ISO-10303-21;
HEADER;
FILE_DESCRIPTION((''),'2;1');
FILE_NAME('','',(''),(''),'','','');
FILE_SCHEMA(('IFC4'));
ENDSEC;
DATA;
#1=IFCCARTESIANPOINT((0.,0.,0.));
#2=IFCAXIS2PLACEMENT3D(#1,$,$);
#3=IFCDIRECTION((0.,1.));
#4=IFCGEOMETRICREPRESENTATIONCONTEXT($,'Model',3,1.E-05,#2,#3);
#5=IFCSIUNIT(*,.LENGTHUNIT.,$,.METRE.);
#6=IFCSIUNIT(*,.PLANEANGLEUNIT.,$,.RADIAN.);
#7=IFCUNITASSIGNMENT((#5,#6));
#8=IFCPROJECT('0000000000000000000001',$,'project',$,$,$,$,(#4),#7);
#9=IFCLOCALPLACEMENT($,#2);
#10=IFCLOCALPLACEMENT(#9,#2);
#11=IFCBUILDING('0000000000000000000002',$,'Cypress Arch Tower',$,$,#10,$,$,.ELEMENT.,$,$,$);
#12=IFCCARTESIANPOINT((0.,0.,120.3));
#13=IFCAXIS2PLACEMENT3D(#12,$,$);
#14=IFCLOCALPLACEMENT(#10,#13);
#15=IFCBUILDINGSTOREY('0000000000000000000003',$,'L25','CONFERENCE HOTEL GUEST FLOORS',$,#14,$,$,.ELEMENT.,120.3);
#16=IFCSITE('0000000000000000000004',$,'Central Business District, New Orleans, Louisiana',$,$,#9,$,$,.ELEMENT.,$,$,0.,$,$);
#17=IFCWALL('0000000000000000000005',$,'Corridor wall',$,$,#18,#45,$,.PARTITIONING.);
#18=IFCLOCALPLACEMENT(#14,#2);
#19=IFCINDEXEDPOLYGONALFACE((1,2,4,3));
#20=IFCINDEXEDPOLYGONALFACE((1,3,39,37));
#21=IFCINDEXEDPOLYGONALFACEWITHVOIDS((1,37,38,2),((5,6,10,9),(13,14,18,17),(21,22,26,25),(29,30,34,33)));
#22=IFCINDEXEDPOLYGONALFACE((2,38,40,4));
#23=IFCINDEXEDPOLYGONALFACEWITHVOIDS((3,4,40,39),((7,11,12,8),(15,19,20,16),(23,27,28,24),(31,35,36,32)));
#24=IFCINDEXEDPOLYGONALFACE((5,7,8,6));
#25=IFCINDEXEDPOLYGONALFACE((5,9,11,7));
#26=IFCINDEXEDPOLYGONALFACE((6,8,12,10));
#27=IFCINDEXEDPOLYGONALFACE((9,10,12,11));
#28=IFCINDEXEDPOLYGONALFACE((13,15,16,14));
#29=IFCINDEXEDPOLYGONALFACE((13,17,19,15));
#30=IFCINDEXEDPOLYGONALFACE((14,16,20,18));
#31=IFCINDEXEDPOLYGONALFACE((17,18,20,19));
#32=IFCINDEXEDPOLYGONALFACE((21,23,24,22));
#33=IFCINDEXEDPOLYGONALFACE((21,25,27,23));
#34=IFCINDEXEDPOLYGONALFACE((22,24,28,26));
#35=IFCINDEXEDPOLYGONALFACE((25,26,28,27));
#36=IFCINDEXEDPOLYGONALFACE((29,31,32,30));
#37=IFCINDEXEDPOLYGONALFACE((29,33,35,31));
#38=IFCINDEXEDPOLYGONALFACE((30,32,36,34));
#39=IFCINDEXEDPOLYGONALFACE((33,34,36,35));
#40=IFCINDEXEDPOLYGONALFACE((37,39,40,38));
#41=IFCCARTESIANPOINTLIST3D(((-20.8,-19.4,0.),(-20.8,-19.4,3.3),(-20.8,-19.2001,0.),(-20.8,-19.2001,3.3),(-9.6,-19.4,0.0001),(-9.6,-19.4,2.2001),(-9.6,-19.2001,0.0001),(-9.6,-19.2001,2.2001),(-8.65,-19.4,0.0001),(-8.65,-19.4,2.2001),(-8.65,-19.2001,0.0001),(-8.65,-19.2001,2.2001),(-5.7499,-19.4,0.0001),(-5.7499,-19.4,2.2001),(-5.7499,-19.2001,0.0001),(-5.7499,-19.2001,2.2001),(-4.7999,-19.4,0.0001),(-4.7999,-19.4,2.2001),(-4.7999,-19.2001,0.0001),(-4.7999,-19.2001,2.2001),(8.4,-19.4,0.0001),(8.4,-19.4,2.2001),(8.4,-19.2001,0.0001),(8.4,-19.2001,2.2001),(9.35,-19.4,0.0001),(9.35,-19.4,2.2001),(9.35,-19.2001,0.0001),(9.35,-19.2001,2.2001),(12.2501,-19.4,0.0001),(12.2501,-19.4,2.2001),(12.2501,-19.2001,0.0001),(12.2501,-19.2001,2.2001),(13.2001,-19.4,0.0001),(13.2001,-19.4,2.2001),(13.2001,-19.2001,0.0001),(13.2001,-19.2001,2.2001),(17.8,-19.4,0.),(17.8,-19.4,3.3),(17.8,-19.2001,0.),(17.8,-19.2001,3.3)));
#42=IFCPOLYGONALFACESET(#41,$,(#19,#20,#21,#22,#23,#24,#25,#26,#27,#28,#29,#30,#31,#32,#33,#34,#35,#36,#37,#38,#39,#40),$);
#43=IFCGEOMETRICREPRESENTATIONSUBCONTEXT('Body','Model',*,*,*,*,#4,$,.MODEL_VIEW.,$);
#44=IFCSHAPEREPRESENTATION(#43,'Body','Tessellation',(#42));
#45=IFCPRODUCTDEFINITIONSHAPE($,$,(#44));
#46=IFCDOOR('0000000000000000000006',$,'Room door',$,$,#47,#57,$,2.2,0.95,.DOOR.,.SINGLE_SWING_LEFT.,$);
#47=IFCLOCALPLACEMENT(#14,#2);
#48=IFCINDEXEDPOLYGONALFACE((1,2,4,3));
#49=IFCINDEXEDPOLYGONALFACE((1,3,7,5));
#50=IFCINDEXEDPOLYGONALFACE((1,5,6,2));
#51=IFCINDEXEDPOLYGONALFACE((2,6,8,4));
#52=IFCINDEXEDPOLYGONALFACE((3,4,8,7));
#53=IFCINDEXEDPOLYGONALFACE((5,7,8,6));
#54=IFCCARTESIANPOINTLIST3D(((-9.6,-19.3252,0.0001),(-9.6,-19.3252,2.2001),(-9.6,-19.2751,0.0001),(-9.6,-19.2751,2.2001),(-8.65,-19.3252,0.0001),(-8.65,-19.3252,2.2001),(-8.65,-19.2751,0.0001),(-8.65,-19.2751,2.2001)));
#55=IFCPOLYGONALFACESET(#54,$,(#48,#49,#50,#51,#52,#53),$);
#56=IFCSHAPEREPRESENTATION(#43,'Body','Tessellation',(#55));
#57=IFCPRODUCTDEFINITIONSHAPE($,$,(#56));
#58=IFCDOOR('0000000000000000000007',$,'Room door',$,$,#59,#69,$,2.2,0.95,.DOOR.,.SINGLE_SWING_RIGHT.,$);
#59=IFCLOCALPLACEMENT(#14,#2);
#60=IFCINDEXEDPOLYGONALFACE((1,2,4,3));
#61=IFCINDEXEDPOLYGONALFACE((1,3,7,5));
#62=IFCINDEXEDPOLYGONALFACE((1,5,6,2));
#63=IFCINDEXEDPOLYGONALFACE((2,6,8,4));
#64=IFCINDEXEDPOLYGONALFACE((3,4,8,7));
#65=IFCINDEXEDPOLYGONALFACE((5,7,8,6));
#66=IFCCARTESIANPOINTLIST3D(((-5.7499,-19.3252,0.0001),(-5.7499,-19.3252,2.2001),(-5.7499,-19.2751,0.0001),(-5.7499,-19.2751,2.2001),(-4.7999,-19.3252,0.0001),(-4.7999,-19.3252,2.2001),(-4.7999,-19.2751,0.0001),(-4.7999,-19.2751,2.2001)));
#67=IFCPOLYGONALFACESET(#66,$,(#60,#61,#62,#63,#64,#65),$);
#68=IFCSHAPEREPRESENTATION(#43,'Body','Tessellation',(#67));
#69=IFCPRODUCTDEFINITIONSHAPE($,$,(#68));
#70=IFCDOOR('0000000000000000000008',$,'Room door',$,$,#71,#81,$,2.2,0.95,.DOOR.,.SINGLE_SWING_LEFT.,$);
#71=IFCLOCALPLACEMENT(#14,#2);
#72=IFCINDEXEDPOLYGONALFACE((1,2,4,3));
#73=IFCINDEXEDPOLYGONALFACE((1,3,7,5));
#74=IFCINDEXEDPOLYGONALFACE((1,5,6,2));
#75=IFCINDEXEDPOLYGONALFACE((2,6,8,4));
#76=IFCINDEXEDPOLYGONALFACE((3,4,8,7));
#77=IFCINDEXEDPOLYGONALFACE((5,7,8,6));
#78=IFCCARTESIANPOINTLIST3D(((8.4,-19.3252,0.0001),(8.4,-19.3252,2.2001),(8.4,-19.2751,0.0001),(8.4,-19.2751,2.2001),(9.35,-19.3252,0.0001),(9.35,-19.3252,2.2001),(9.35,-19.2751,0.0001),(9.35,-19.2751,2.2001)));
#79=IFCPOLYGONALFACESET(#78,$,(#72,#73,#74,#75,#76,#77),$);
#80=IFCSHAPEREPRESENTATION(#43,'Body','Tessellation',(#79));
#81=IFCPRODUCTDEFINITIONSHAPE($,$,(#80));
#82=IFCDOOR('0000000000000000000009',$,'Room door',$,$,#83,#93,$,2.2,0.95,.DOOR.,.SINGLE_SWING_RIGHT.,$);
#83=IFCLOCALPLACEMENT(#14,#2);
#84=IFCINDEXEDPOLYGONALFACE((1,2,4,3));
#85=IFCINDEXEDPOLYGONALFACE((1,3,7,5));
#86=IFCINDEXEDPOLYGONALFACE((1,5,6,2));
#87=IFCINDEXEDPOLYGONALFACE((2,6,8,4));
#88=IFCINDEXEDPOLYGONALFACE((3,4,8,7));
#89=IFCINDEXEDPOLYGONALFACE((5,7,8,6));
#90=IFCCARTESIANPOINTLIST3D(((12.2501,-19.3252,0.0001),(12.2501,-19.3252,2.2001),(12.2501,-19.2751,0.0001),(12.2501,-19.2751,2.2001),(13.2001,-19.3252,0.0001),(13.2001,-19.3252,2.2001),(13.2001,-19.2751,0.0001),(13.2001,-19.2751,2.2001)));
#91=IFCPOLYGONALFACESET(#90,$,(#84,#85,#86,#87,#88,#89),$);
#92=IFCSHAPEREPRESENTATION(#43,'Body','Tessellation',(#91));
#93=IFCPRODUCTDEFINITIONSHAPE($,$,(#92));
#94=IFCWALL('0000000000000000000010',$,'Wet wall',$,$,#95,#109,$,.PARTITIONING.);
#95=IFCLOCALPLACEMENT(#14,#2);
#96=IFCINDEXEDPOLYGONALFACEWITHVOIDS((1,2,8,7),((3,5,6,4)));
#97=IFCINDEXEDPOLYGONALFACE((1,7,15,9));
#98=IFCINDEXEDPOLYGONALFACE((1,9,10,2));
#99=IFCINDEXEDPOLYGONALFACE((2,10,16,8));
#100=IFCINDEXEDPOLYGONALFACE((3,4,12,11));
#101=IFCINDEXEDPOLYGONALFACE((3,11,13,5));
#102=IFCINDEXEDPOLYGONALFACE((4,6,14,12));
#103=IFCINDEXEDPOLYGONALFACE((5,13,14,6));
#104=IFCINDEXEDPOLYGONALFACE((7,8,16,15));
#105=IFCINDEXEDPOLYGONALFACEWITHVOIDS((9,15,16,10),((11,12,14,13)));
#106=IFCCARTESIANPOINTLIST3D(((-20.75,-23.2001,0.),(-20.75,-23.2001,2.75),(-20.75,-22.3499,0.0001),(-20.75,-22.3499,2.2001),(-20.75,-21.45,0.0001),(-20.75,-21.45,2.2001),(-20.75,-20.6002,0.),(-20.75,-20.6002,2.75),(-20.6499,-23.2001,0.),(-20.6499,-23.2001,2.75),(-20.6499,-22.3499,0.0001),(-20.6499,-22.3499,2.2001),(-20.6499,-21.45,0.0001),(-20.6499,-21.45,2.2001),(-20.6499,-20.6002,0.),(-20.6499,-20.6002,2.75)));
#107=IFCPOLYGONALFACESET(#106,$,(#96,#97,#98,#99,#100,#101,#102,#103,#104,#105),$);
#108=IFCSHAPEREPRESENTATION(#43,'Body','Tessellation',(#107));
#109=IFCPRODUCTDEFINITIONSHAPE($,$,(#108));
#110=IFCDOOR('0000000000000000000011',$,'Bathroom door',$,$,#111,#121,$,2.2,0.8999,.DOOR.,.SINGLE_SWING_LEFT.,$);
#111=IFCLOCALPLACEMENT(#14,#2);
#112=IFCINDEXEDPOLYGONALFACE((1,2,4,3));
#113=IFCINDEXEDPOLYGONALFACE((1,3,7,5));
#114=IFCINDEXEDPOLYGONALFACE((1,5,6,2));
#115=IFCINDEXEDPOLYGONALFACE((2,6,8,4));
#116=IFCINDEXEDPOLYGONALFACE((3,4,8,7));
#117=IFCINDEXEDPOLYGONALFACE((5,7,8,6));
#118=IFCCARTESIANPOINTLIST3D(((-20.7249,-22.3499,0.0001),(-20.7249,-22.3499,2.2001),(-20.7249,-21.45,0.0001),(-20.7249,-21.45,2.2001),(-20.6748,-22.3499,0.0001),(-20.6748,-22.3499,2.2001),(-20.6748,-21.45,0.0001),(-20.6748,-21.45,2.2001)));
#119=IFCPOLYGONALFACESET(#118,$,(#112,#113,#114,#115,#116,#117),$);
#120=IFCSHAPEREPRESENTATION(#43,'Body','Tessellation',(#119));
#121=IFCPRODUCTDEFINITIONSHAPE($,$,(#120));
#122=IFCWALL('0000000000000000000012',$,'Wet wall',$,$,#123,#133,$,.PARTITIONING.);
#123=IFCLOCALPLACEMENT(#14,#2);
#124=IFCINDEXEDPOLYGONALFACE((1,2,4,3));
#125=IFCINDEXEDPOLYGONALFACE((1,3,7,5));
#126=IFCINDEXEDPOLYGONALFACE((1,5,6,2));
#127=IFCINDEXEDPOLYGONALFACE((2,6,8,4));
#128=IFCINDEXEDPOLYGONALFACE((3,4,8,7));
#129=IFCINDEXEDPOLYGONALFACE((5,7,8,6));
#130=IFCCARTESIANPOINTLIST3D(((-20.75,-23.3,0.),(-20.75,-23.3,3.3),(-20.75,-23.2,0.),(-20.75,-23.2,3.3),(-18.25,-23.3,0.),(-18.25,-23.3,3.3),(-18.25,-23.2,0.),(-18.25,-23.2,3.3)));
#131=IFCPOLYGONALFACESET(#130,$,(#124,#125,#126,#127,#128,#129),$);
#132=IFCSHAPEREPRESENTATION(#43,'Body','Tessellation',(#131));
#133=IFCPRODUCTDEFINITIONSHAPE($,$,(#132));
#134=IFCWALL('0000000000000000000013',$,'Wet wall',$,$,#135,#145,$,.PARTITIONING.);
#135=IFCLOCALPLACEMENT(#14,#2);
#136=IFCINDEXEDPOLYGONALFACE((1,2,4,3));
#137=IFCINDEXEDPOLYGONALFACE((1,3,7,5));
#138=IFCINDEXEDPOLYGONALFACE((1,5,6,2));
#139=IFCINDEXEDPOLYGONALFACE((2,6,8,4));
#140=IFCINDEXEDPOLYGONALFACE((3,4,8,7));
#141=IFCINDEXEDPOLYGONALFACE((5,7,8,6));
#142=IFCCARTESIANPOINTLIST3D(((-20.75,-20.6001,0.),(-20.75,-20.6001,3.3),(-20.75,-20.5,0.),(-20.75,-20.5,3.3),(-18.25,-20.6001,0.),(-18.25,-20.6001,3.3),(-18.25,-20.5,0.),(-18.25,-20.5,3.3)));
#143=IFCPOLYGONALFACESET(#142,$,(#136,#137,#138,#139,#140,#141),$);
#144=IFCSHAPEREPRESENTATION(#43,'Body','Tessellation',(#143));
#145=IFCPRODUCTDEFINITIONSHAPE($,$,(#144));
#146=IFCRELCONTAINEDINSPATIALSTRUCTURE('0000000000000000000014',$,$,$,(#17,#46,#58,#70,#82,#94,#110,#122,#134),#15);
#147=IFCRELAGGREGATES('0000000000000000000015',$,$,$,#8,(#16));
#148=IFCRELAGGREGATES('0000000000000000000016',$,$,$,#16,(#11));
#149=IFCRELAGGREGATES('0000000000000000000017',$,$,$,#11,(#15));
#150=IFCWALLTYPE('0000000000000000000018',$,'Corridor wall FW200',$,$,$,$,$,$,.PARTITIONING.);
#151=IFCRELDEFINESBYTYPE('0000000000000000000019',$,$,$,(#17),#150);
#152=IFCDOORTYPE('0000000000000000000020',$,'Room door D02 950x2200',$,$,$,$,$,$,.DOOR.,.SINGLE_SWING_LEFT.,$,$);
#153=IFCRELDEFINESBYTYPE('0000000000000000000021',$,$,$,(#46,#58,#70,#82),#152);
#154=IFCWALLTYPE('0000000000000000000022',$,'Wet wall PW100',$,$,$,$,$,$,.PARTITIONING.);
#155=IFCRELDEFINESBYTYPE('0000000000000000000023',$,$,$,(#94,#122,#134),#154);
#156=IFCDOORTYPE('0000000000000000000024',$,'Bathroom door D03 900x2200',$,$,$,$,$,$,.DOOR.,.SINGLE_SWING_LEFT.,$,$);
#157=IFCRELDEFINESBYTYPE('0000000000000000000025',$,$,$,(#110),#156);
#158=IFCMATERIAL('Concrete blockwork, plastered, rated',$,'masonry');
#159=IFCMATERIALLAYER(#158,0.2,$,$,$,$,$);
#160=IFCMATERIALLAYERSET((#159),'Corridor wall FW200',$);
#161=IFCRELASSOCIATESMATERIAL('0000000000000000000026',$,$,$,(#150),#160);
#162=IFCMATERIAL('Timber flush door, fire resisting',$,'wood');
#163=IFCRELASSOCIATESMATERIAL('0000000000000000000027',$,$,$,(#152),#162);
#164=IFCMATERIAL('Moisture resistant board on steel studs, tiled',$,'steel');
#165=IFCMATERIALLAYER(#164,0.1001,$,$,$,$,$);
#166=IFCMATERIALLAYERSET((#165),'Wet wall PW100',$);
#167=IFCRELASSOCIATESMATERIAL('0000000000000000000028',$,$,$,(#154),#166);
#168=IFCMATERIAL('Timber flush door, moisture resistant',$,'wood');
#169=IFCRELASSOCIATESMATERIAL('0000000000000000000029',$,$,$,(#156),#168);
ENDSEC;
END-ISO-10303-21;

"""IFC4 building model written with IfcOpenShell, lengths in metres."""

from ifc_helpers import new_model, si_unit, direction, frame, frame_2d, origin, place, context, subcontext, project, spatial, rectangle, extrude, material, layer, layer_set, type_object, element, fill, save


model = new_model("IFC4")

# Units and contexts
model_context = context("Model", 3, precision=1e-05, world=origin(), true_north=direction((0.0, 1.0)))
body_context = subcontext(model_context, "Body", "Model", "MODEL_VIEW")
ifc_project = project(units=[si_unit("LENGTHUNIT", "METRE"), si_unit("PLANEANGLEUNIT", "RADIAN")], contexts=[model_context])

# Site, building, storey
site_placement = place(None, origin())
site = spatial("IfcSite", under=ifc_project, at=site_placement, Name="Central Business District, New Orleans, Louisiana", CompositionType="ELEMENT", RefElevation=0.0)
building_placement = place(site_placement, origin())
building = spatial("IfcBuilding", under=site, at=building_placement, Name="Cypress Arch Tower", CompositionType="ELEMENT")
storey_placement = place(building_placement, frame((0.0, 0.0, 120.3)))
storey = spatial("IfcBuildingStorey", under=building, at=storey_placement, Name="L25", Description="CONFERENCE HOTEL GUEST FLOORS", CompositionType="ELEMENT", Elevation=120.3)

# Shared definitions
ifc_material_1 = material(Name="Concrete blockwork, plastered, rated", Category="masonry")
ifc_layer_1 = layer(ifc_material_1, 0.2)
ifc_layer_set_1 = layer_set([ifc_layer_1], Name="Corridor wall FW200")
wall_type_1 = type_object("IfcWallType", Name="Corridor wall FW200", PredefinedType="PARTITIONING", material=ifc_layer_set_1)
ifc_material_2 = material(Name="Timber flush door, fire resisting", Category="wood")
door_type_1 = type_object("IfcDoorType", Name="Room door D02 950x2200", OperationType="SINGLE_SWING_LEFT", PredefinedType="DOOR", material=ifc_material_2)

# Wall, openings, doors
wall_1_placement = place(storey_placement, frame((-20.8, -19.3, 0.0), z_axis=(0.0, 0.0, 1.0), x_axis=(1.0, 0.0, 0.0)))
wall_1 = element("IfcWall", 1, at=wall_1_placement, inside=storey, type_object=wall_type_1, Name="Corridor wall", PredefinedType="PARTITIONING", context=body_context, shape_type="SweptSolid", body=[
    extrude(rectangle(XDim=38.6001, YDim=0.2, at=frame_2d((19.3, 0.0))), origin(), (0.0, 0.0, 1.0), 3.3),
])
opening_1_placement = place(wall_1_placement, frame((11.2, 0.0, 0.0)))
opening_1 = element("IfcOpeningElement", 2, at=opening_1_placement, cuts=wall_1, PredefinedType="OPENING", context=body_context, shape_type="SweptSolid", body=[
    extrude(rectangle(XDim=0.95, YDim=2.2, at=frame_2d((0.4751, 1.1001))), frame((0.0, 0.1099, 0.0), z_axis=(0.0, -1.0, 0.0), x_axis=(1.0, 0.0, 0.0)), (0.0, 0.0, 1.0), 0.22),
])
opening_2_placement = place(wall_1_placement, frame((15.05, 0.0, 0.0)))
opening_2 = element("IfcOpeningElement", 3, at=opening_2_placement, cuts=wall_1, PredefinedType="OPENING", context=body_context, shape_type="SweptSolid", body=[
    extrude(rectangle(XDim=0.95, YDim=2.2, at=frame_2d((0.4751, 1.1001))), frame((0.0, 0.1099, 0.0), z_axis=(0.0, -1.0, 0.0), x_axis=(1.0, 0.0, 0.0)), (0.0, 0.0, 1.0), 0.22),
])
opening_3_placement = place(wall_1_placement, frame((29.2, 0.0, 0.0)))
opening_3 = element("IfcOpeningElement", 4, at=opening_3_placement, cuts=wall_1, PredefinedType="OPENING", context=body_context, shape_type="SweptSolid", body=[
    extrude(rectangle(XDim=0.95, YDim=2.2, at=frame_2d((0.4751, 1.1001))), frame((0.0, 0.1099, 0.0), z_axis=(0.0, -1.0, 0.0), x_axis=(1.0, 0.0, 0.0)), (0.0, 0.0, 1.0), 0.22),
])
opening_4_placement = place(wall_1_placement, frame((33.05, 0.0, 0.0)))
opening_4 = element("IfcOpeningElement", 5, at=opening_4_placement, cuts=wall_1, PredefinedType="OPENING", context=body_context, shape_type="SweptSolid", body=[
    extrude(rectangle(XDim=0.95, YDim=2.2, at=frame_2d((0.4751, 1.1001))), frame((0.0, 0.1099, 0.0), z_axis=(0.0, -1.0, 0.0), x_axis=(1.0, 0.0, 0.0)), (0.0, 0.0, 1.0), 0.22),
])
door_1_placement = place(opening_1_placement, origin())
door_1 = element("IfcDoor", 6, at=door_1_placement, inside=storey, type_object=door_type_1, Name="Room door", OperationType="SINGLE_SWING_LEFT", OverallHeight=2.2, OverallWidth=0.95, PredefinedType="DOOR", context=body_context, shape_type="SweptSolid", body=[
    extrude(rectangle(XDim=0.95, YDim=2.2, at=frame_2d((0.4751, 1.1001))), frame((0.0, 0.0249, 0.0), z_axis=(0.0, -1.0, 0.0), x_axis=(1.0, 0.0, 0.0)), (0.0, 0.0, 1.0), 0.05),
])
fill(opening_1, door_1)
door_2_placement = place(opening_2_placement, origin())
door_2 = element("IfcDoor", 7, at=door_2_placement, inside=storey, type_object=door_type_1, Name="Room door", OperationType="SINGLE_SWING_RIGHT", OverallHeight=2.2, OverallWidth=0.95, PredefinedType="DOOR", context=body_context, shape_type="SweptSolid", body=[
    extrude(rectangle(XDim=0.95, YDim=2.2, at=frame_2d((0.4751, 1.1001))), frame((0.0, 0.0249, 0.0), z_axis=(0.0, -1.0, 0.0), x_axis=(1.0, 0.0, 0.0)), (0.0, 0.0, 1.0), 0.05),
])
fill(opening_2, door_2)
door_3_placement = place(opening_3_placement, origin())
door_3 = element("IfcDoor", 8, at=door_3_placement, inside=storey, type_object=door_type_1, Name="Room door", OperationType="SINGLE_SWING_LEFT", OverallHeight=2.2, OverallWidth=0.95, PredefinedType="DOOR", context=body_context, shape_type="SweptSolid", body=[
    extrude(rectangle(XDim=0.95, YDim=2.2, at=frame_2d((0.4751, 1.1001))), frame((0.0, 0.0249, 0.0), z_axis=(0.0, -1.0, 0.0), x_axis=(1.0, 0.0, 0.0)), (0.0, 0.0, 1.0), 0.05),
])
fill(opening_3, door_3)
door_4_placement = place(opening_4_placement, origin())
door_4 = element("IfcDoor", 9, at=door_4_placement, inside=storey, type_object=door_type_1, Name="Room door", OperationType="SINGLE_SWING_RIGHT", OverallHeight=2.2, OverallWidth=0.95, PredefinedType="DOOR", context=body_context, shape_type="SweptSolid", body=[
    extrude(rectangle(XDim=0.95, YDim=2.2, at=frame_2d((0.4751, 1.1001))), frame((0.0, 0.0249, 0.0), z_axis=(0.0, -1.0, 0.0), x_axis=(1.0, 0.0, 0.0)), (0.0, 0.0, 1.0), 0.05),
])
fill(opening_4, door_4)

# Wall, opening, door
ifc_material_3 = material(Name="Moisture resistant board on steel studs, tiled", Category="steel")
ifc_layer_2 = layer(ifc_material_3, 0.1001)
ifc_layer_set_2 = layer_set([ifc_layer_2], Name="Wet wall PW100")
wall_type_2 = type_object("IfcWallType", Name="Wet wall PW100", PredefinedType="PARTITIONING", material=ifc_layer_set_2)
wall_2_placement = place(storey_placement, frame((-20.7, -23.2, 0.0), z_axis=(0.0, 0.0, 1.0), x_axis=(0.0, 1.0, 0.0)))
wall_2 = element("IfcWall", 10, at=wall_2_placement, inside=storey, type_object=wall_type_2, Name="Wet wall", PredefinedType="PARTITIONING", context=body_context, shape_type="SweptSolid", body=[
    extrude(rectangle(XDim=2.5999, YDim=0.1001, at=frame_2d((1.2998, 0.0))), origin(), (0.0, 0.0, 1.0), 2.75),
])
opening_5_placement = place(wall_2_placement, frame((0.8501, 0.0, 0.0)))
opening_5 = element("IfcOpeningElement", 11, at=opening_5_placement, cuts=wall_2, PredefinedType="OPENING", context=body_context, shape_type="SweptSolid", body=[
    extrude(rectangle(XDim=0.8999, YDim=2.2, at=frame_2d((0.45, 1.1001))), frame((0.0, 0.0601, 0.0), z_axis=(0.0, -1.0, 0.0), x_axis=(1.0, 0.0, 0.0)), (0.0, 0.0, 1.0), 0.1201),
])
ifc_material_4 = material(Name="Timber flush door, moisture resistant", Category="wood")
door_type_2 = type_object("IfcDoorType", Name="Bathroom door D03 900x2200", OperationType="SINGLE_SWING_LEFT", PredefinedType="DOOR", material=ifc_material_4)
door_5_placement = place(opening_5_placement, origin())
door_5 = element("IfcDoor", 12, at=door_5_placement, inside=storey, type_object=door_type_2, Name="Bathroom door", OperationType="SINGLE_SWING_LEFT", OverallHeight=2.2, OverallWidth=0.8999, PredefinedType="DOOR", context=body_context, shape_type="SweptSolid", body=[
    extrude(rectangle(XDim=0.8999, YDim=2.2, at=frame_2d((0.45, 1.1001))), frame((0.0, 0.0249, 0.0), z_axis=(0.0, -1.0, 0.0), x_axis=(1.0, 0.0, 0.0)), (0.0, 0.0, 1.0), 0.05),
])
fill(opening_5, door_5)

# Walls
for number, where, z_axis, x_axis, name in (
    (13, (-20.75, -23.25, 0.0), (0.0, 0.0, 1.0), (1.0, 0.0, 0.0), "Wet wall"),
    (14, (-20.75, -20.55, 0.0), (0.0, 0.0, 1.0), (1.0, 0.0, 0.0), "Wet wall"),
):
    element("IfcWall", number, at=place(storey_placement, frame(where, z_axis=z_axis, x_axis=x_axis)), inside=storey, type_object=wall_type_2, Name=name, PredefinedType="PARTITIONING", context=body_context, shape_type="SweptSolid", body=[
        extrude(rectangle(XDim=2.5, YDim=0.1001, at=frame_2d((1.25, 0.0))), origin(), (0.0, 0.0, 1.0), 3.3),
    ])

save(model, "model.ifc")
